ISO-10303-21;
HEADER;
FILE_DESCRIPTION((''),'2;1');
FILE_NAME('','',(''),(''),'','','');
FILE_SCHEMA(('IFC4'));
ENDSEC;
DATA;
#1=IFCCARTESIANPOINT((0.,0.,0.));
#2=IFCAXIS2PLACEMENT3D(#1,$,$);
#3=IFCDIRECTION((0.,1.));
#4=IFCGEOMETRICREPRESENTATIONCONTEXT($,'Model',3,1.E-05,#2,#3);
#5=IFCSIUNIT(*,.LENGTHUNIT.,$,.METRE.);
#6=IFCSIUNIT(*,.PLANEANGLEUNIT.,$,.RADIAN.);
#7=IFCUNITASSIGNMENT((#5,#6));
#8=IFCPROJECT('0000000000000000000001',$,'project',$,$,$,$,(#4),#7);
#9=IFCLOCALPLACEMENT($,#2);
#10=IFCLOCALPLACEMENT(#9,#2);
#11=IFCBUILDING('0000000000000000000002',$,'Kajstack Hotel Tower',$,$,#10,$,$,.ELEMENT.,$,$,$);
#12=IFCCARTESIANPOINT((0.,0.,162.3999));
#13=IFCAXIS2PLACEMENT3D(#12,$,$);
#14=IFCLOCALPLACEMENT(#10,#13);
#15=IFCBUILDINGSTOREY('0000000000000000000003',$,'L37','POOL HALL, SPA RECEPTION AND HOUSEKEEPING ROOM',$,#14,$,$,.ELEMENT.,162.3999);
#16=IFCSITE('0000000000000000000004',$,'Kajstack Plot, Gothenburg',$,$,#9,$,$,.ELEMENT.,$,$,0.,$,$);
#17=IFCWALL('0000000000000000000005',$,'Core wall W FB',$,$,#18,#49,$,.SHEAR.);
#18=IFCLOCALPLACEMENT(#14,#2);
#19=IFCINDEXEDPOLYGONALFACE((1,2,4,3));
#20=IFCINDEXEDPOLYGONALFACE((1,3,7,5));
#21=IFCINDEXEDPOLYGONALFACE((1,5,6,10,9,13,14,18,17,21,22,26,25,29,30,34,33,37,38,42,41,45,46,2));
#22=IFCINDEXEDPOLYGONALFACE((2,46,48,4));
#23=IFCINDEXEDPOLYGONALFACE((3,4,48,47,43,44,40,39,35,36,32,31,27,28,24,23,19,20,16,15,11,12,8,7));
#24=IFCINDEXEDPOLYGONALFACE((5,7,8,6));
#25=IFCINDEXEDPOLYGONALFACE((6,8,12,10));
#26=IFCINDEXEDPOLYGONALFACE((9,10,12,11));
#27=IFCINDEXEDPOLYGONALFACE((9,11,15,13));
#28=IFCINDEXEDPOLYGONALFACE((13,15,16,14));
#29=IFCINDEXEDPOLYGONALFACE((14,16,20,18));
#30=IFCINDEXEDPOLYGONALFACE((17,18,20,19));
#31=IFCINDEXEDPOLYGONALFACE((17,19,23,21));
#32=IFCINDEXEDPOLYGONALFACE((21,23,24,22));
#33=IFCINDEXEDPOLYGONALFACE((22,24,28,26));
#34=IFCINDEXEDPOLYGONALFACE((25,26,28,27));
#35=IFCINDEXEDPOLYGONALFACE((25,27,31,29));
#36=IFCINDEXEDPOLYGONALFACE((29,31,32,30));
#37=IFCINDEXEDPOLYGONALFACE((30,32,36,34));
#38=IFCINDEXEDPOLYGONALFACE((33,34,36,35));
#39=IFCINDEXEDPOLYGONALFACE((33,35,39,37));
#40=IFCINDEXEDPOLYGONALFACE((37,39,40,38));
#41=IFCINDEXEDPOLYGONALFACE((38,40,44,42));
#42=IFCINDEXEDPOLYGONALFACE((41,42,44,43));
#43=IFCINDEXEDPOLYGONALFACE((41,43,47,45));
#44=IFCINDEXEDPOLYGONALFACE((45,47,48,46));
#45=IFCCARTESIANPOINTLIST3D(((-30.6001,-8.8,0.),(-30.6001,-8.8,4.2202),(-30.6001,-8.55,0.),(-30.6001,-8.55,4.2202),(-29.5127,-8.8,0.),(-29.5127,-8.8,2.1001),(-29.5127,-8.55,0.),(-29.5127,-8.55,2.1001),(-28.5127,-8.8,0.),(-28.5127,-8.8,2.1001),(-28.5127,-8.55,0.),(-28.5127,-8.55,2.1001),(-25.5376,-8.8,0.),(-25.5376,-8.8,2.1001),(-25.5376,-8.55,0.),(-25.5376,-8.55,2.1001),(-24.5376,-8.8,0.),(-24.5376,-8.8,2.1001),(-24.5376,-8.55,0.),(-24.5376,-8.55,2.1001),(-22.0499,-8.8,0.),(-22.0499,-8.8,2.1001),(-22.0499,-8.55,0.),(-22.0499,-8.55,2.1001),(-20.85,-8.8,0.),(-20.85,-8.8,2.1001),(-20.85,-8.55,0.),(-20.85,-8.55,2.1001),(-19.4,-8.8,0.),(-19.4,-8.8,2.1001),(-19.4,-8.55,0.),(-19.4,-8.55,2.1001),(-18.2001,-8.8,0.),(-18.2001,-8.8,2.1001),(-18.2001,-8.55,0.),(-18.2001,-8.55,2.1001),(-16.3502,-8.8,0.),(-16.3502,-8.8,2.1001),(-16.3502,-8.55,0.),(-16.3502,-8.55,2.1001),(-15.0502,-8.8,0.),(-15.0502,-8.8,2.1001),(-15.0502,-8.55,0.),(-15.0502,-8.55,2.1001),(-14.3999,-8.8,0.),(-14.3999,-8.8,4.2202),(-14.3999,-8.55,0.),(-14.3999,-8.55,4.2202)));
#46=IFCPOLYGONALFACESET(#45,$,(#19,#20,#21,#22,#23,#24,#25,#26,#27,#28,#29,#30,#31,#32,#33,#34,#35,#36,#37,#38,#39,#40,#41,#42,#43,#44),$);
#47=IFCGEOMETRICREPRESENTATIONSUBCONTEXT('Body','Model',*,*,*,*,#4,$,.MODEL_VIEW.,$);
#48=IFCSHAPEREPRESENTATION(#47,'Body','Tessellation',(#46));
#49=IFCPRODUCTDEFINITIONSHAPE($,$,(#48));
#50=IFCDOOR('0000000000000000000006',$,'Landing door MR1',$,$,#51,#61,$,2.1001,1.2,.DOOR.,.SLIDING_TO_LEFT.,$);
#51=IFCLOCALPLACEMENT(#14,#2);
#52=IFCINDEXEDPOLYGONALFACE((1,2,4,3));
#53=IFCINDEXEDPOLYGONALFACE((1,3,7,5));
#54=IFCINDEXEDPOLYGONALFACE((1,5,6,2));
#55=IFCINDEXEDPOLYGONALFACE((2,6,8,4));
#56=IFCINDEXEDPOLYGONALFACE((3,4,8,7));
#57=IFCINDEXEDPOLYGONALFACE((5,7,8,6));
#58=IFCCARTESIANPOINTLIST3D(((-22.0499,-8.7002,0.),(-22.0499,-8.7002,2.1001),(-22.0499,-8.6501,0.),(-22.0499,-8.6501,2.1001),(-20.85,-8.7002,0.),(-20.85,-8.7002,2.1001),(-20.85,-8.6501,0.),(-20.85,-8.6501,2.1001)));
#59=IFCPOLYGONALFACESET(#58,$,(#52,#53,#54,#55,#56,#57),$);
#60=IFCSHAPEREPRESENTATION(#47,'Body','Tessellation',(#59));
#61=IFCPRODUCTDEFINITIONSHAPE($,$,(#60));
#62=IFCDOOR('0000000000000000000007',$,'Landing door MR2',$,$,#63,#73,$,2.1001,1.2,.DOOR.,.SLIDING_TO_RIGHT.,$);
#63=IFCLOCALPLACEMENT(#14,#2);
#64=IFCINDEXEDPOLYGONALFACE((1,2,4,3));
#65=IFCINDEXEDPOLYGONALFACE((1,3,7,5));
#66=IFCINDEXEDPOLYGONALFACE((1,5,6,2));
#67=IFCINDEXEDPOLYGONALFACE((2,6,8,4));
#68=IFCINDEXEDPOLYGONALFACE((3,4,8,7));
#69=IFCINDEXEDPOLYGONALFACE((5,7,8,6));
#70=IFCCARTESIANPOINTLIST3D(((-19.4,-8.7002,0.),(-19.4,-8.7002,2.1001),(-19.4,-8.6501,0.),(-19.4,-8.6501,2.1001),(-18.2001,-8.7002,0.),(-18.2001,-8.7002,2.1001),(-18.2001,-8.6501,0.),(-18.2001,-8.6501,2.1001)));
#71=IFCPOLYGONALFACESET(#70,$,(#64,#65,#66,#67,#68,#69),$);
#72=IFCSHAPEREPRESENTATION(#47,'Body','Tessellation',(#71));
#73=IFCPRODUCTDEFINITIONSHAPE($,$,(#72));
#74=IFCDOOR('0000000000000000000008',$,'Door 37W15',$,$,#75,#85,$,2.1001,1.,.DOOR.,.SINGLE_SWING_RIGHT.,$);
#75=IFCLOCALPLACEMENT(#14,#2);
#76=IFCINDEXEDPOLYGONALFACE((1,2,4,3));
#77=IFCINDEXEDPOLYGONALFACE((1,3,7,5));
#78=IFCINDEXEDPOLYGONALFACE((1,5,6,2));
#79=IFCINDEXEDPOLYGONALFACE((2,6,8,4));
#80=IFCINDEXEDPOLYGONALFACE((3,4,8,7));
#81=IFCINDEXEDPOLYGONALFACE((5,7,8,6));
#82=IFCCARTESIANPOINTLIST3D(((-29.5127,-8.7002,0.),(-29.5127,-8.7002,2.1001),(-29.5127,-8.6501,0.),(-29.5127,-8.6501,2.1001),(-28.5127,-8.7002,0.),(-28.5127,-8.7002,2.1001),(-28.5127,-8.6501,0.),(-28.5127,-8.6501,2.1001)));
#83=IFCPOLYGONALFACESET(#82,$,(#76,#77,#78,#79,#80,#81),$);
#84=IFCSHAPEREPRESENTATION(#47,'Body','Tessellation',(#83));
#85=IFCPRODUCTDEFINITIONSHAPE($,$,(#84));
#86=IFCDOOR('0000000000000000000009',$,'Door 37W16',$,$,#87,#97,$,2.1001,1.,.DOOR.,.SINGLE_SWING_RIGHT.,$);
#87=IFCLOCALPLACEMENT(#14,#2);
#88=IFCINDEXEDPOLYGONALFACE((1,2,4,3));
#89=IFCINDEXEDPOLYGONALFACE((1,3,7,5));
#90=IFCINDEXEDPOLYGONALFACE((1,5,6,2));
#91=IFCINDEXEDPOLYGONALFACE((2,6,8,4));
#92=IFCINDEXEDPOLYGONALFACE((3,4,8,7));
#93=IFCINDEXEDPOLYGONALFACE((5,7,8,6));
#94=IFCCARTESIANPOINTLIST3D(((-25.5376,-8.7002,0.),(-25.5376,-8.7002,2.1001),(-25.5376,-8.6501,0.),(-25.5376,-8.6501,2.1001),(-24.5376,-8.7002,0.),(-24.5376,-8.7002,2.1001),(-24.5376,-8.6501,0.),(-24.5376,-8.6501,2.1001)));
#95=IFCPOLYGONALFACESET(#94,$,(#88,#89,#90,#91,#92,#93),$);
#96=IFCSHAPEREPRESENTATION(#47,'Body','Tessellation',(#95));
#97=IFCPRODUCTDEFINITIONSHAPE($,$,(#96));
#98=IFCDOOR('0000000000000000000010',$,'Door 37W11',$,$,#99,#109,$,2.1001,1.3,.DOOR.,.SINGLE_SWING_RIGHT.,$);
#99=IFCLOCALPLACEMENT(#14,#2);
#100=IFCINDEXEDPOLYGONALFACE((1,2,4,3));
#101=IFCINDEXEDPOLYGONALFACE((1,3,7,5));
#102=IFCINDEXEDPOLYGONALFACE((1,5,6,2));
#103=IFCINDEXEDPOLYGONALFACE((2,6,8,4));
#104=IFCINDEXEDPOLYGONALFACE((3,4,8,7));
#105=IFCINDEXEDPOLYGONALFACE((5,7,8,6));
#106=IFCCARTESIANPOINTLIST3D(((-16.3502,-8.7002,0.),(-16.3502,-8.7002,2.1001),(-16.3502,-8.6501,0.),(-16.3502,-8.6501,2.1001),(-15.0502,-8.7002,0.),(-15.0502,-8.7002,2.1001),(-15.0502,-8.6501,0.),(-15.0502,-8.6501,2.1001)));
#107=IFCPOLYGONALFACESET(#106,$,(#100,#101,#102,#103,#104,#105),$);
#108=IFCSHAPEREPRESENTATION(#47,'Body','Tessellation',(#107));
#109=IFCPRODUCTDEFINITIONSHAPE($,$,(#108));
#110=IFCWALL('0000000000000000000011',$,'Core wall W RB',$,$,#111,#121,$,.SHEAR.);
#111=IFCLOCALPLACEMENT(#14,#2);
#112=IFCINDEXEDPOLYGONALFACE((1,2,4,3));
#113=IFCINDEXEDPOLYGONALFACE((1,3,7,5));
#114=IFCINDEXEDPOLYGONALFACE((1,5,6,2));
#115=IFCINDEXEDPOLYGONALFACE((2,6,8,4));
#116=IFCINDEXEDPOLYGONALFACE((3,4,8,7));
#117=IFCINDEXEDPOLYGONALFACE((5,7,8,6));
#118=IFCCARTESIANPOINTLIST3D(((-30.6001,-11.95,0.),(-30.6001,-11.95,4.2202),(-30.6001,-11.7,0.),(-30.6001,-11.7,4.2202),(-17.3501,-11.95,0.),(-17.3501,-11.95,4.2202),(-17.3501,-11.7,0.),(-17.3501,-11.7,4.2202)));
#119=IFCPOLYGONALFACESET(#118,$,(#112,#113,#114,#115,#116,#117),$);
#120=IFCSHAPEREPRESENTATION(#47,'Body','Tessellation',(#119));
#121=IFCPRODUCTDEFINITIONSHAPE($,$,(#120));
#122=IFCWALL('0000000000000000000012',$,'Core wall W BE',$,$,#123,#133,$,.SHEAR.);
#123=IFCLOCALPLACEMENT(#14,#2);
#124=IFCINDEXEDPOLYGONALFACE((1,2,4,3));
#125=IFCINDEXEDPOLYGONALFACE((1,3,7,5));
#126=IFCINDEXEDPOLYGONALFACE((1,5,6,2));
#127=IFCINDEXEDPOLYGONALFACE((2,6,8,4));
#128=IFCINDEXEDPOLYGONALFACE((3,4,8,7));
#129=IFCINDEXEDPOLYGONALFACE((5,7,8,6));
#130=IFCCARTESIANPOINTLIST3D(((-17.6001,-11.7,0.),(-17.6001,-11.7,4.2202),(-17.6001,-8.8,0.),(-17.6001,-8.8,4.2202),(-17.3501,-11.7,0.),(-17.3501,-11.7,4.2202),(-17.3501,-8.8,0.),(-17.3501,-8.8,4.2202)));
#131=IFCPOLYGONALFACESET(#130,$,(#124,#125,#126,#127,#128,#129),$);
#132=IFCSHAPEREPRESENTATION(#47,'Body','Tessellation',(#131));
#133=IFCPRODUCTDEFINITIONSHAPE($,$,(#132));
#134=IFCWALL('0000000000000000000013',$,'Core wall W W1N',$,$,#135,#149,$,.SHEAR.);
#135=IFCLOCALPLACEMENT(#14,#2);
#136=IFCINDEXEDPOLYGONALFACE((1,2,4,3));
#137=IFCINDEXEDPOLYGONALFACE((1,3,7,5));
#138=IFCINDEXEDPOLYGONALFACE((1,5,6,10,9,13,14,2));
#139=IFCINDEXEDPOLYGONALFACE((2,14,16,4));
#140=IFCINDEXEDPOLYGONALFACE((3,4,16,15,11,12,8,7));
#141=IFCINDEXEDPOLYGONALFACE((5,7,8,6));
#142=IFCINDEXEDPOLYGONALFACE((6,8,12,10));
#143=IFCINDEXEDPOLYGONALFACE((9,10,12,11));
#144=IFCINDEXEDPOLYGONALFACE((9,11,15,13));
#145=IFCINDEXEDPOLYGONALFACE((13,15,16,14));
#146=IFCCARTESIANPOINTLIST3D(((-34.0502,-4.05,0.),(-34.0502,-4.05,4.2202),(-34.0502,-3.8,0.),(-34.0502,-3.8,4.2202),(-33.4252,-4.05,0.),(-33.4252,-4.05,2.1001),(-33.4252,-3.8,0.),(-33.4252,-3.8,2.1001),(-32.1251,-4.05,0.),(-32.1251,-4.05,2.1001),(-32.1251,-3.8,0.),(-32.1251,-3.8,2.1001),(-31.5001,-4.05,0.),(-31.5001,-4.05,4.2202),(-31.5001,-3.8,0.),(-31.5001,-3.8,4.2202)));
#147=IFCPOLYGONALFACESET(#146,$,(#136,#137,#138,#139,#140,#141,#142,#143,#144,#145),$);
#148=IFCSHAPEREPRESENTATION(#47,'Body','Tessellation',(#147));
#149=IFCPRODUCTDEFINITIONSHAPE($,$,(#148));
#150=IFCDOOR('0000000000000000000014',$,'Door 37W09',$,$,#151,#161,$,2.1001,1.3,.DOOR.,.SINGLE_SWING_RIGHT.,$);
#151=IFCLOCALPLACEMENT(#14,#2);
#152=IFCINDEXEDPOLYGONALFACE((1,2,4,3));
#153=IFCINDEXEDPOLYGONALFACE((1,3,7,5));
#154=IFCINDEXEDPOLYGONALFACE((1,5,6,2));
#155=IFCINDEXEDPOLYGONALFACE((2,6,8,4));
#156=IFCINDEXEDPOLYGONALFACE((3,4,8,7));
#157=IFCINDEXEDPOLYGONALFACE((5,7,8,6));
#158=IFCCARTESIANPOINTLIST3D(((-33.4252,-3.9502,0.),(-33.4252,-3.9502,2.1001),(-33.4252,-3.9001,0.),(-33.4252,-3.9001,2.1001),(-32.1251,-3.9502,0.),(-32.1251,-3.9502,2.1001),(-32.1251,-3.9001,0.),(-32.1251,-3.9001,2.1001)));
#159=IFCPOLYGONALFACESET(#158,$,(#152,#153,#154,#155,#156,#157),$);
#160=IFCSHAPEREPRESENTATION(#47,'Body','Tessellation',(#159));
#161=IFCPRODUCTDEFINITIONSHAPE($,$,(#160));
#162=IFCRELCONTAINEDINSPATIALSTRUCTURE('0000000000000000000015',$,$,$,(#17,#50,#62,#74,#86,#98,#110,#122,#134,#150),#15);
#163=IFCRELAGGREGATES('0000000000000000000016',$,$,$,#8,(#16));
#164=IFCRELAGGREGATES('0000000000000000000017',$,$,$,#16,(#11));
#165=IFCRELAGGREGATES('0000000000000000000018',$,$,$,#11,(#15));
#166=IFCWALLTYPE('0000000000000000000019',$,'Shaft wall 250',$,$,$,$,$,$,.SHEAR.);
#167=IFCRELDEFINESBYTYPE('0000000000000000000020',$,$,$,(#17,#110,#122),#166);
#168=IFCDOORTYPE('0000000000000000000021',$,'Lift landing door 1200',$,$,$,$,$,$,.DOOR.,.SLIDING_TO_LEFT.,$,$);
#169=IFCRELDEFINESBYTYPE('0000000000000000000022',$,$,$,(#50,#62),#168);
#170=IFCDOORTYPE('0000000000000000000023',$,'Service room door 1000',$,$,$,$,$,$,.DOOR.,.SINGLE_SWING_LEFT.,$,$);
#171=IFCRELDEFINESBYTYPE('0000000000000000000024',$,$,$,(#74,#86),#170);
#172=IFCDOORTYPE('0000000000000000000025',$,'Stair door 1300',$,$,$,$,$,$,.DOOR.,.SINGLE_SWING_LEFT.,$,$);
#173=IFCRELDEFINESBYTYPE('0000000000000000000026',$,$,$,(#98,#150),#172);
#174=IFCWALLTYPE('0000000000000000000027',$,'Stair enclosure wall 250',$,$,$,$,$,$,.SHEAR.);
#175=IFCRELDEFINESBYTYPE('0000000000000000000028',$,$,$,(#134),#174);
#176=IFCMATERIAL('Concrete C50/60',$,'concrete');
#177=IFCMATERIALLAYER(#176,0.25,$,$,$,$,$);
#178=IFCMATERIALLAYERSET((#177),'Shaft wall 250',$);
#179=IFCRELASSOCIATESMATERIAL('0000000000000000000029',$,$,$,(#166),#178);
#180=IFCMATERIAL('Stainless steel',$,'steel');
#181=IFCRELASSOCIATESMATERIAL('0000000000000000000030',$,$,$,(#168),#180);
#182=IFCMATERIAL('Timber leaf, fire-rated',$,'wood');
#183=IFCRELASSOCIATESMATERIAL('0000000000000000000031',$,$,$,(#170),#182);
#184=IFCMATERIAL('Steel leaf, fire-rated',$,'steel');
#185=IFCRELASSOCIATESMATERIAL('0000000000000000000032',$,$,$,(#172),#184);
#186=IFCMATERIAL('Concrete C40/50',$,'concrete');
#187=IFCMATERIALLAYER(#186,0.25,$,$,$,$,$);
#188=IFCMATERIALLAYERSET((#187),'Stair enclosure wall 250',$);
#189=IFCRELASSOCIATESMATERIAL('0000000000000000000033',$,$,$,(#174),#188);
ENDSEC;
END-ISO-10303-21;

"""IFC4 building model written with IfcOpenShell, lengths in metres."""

from ifc_helpers import new_model, si_unit, direction, frame, frame_2d, origin, place, context, subcontext, project, spatial, rectangle, extrude, material, layer, layer_set, type_object, element, fill, save


model = new_model("IFC4")

# Units and contexts
model_context = context("Model", 3, precision=1e-05, world=origin(), true_north=direction((0.0, 1.0)))
body_context = subcontext(model_context, "Body", "Model", "MODEL_VIEW")
ifc_project = project(units=[si_unit("LENGTHUNIT", "METRE"), si_unit("PLANEANGLEUNIT", "RADIAN")], contexts=[model_context])

# Site, building, storey
site_placement = place(None, origin())
site = spatial("IfcSite", under=ifc_project, at=site_placement, Name="Kajstack Plot, Gothenburg", CompositionType="ELEMENT", RefElevation=0.0)
building_placement = place(site_placement, origin())
building = spatial("IfcBuilding", under=site, at=building_placement, Name="Kajstack Hotel Tower", CompositionType="ELEMENT")
storey_placement = place(building_placement, frame((0.0, 0.0, 162.3999)))
storey = spatial("IfcBuildingStorey", under=building, at=storey_placement, Name="L37", Description="POOL HALL, SPA RECEPTION AND HOUSEKEEPING ROOM", CompositionType="ELEMENT", Elevation=162.3999)

# Shared definitions
ifc_material_1 = material(Name="Concrete C50/60", Category="concrete")

# Shared definitions
ifc_layer_1 = layer(ifc_material_1, 0.25)
ifc_layer_set_1 = layer_set([ifc_layer_1], Name="Shaft wall 250")
wall_type_1 = type_object("IfcWallType", Name="Shaft wall 250", PredefinedType="SHEAR", material=ifc_layer_set_1)
ifc_material_2 = material(Name="Stainless steel", Category="steel")
door_type_1 = type_object("IfcDoorType", Name="Lift landing door 1200", OperationType="SLIDING_TO_LEFT", PredefinedType="DOOR", material=ifc_material_2)

# Wall, openings, doors
wall_1_placement = place(storey_placement, frame((-30.6001, -8.675, 0.0), z_axis=(0.0, 0.0, 1.0), x_axis=(1.0, 0.0, 0.0)))
wall_1 = element("IfcWall", 1, at=wall_1_placement, inside=storey, type_object=wall_type_1, Name="Core wall W FB", PredefinedType="SHEAR", context=body_context, shape_type="SweptSolid", body=[
    extrude(rectangle(XDim=16.2002, YDim=0.25, at=frame_2d((8.1001, 0.0))), origin(), (0.0, 0.0, 1.0), 4.2202),
])
opening_1_placement = place(wall_1_placement, frame((8.55, 0.0, 0.0)))
opening_1 = element("IfcOpeningElement", 2, at=opening_1_placement, cuts=wall_1, PredefinedType="OPENING", context=body_context, shape_type="SweptSolid", body=[
    extrude(rectangle(XDim=1.2, YDim=2.1001, at=frame_2d((0.6001, 1.05))), frame((0.0, 0.135, 0.0), z_axis=(0.0, -1.0, 0.0), x_axis=(1.0, 0.0, 0.0)), (0.0, 0.0, 1.0), 0.27),
])
opening_2_placement = place(wall_1_placement, frame((11.2, 0.0, 0.0)))
opening_2 = element("IfcOpeningElement", 3, at=opening_2_placement, cuts=wall_1, PredefinedType="OPENING", context=body_context, shape_type="SweptSolid", body=[
    extrude(rectangle(XDim=1.2, YDim=2.1001, at=frame_2d((0.6001, 1.05))), frame((0.0, 0.135, 0.0), z_axis=(0.0, -1.0, 0.0), x_axis=(1.0, 0.0, 0.0)), (0.0, 0.0, 1.0), 0.27),
])
opening_3_placement = place(wall_1_placement, frame((14.25, 0.0, 0.0)))
opening_3 = element("IfcOpeningElement", 4, at=opening_3_placement, cuts=wall_1, PredefinedType="OPENING", context=body_context, shape_type="SweptSolid", body=[
    extrude(rectangle(XDim=1.3, YDim=2.1001, at=frame_2d((0.6499, 1.05))), frame((0.0, 0.135, 0.0), z_axis=(0.0, -1.0, 0.0), x_axis=(1.0, 0.0, 0.0)), (0.0, 0.0, 1.0), 0.27),
])
opening_4_placement = place(wall_1_placement, frame((1.0874, 0.0, 0.0)))
opening_4 = element("IfcOpeningElement", 5, at=opening_4_placement, cuts=wall_1, PredefinedType="OPENING", context=body_context, shape_type="SweptSolid", body=[
    extrude(rectangle(XDim=1.0, YDim=2.1001, at=frame_2d((0.5, 1.05))), frame((0.0, 0.135, 0.0), z_axis=(0.0, -1.0, 0.0), x_axis=(1.0, 0.0, 0.0)), (0.0, 0.0, 1.0), 0.27),
])
opening_5_placement = place(wall_1_placement, frame((5.0625, 0.0, 0.0)))
opening_5 = element("IfcOpeningElement", 6, at=opening_5_placement, cuts=wall_1, PredefinedType="OPENING", context=body_context, shape_type="SweptSolid", body=[
    extrude(rectangle(XDim=1.0, YDim=2.1001, at=frame_2d((0.5, 1.05))), frame((0.0, 0.135, 0.0), z_axis=(0.0, -1.0, 0.0), x_axis=(1.0, 0.0, 0.0)), (0.0, 0.0, 1.0), 0.27),
])
door_1_placement = place(opening_1_placement, origin())
door_1 = element("IfcDoor", 7, at=door_1_placement, inside=storey, type_object=door_type_1, Name="Landing door MR1", OperationType="SLIDING_TO_LEFT", OverallHeight=2.1001, OverallWidth=1.2, PredefinedType="DOOR", context=body_context, shape_type="SweptSolid", body=[
    extrude(rectangle(XDim=1.2, YDim=2.1001, at=frame_2d((0.6001, 1.05))), frame((0.0, 0.0249, 0.0), z_axis=(0.0, -1.0, 0.0), x_axis=(1.0, 0.0, 0.0)), (0.0, 0.0, 1.0), 0.05),
])
fill(opening_1, door_1)
door_2_placement = place(opening_2_placement, origin())
door_2 = element("IfcDoor", 8, at=door_2_placement, inside=storey, type_object=door_type_1, Name="Landing door MR2", OperationType="SLIDING_TO_RIGHT", OverallHeight=2.1001, OverallWidth=1.2, PredefinedType="DOOR", context=body_context, shape_type="SweptSolid", body=[
    extrude(rectangle(XDim=1.2, YDim=2.1001, at=frame_2d((0.6001, 1.05))), frame((0.0, 0.0249, 0.0), z_axis=(0.0, -1.0, 0.0), x_axis=(1.0, 0.0, 0.0)), (0.0, 0.0, 1.0), 0.05),
])
fill(opening_2, door_2)
ifc_material_3 = material(Name="Timber leaf, fire-rated", Category="wood")
door_type_2 = type_object("IfcDoorType", Name="Service room door 1000", OperationType="SINGLE_SWING_LEFT", PredefinedType="DOOR", material=ifc_material_3)
door_3_placement = place(opening_4_placement, origin())
door_3 = element("IfcDoor", 9, at=door_3_placement, inside=storey, type_object=door_type_2, Name="Door 37W15", OperationType="SINGLE_SWING_RIGHT", OverallHeight=2.1001, OverallWidth=1.0, PredefinedType="DOOR", context=body_context, shape_type="SweptSolid", body=[
    extrude(rectangle(XDim=1.0, YDim=2.1001, at=frame_2d((0.5, 1.05))), frame((0.0, 0.0249, 0.0), z_axis=(0.0, -1.0, 0.0), x_axis=(1.0, 0.0, 0.0)), (0.0, 0.0, 1.0), 0.05),
])
fill(opening_4, door_3)
door_4_placement = place(opening_5_placement, origin())
door_4 = element("IfcDoor", 10, at=door_4_placement, inside=storey, type_object=door_type_2, Name="Door 37W16", OperationType="SINGLE_SWING_RIGHT", OverallHeight=2.1001, OverallWidth=1.0, PredefinedType="DOOR", context=body_context, shape_type="SweptSolid", body=[
    extrude(rectangle(XDim=1.0, YDim=2.1001, at=frame_2d((0.5, 1.05))), frame((0.0, 0.0249, 0.0), z_axis=(0.0, -1.0, 0.0), x_axis=(1.0, 0.0, 0.0)), (0.0, 0.0, 1.0), 0.05),
])
fill(opening_5, door_4)
ifc_material_4 = material(Name="Steel leaf, fire-rated", Category="steel")
door_type_3 = type_object("IfcDoorType", Name="Stair door 1300", OperationType="SINGLE_SWING_LEFT", PredefinedType="DOOR", material=ifc_material_4)
door_5_placement = place(opening_3_placement, origin())
door_5 = element("IfcDoor", 11, at=door_5_placement, inside=storey, type_object=door_type_3, Name="Door 37W11", OperationType="SINGLE_SWING_RIGHT", OverallHeight=2.1001, OverallWidth=1.3, PredefinedType="DOOR", context=body_context, shape_type="SweptSolid", body=[
    extrude(rectangle(XDim=1.3, YDim=2.1001, at=frame_2d((0.6499, 1.05))), frame((0.0, 0.0249, 0.0), z_axis=(0.0, -1.0, 0.0), x_axis=(1.0, 0.0, 0.0)), (0.0, 0.0, 1.0), 0.05),
])
fill(opening_3, door_5)

# Walls
wall_2_placement = place(storey_placement, frame((-30.6001, -11.825, 0.0), z_axis=(0.0, 0.0, 1.0), x_axis=(1.0, 0.0, 0.0)))
element("IfcWall", 12, at=wall_2_placement, inside=storey, type_object=wall_type_1, Name="Core wall W RB", PredefinedType="SHEAR", context=body_context, shape_type="SweptSolid", body=[
    extrude(rectangle(XDim=13.25, YDim=0.25, at=frame_2d((6.625, 0.0))), origin(), (0.0, 0.0, 1.0), 4.2202),
])
wall_3_placement = place(storey_placement, frame((-17.4751, -11.7, 0.0), z_axis=(0.0, 0.0, 1.0), x_axis=(0.0, 1.0, 0.0)))
element("IfcWall", 13, at=wall_3_placement, inside=storey, type_object=wall_type_1, Name="Core wall W BE", PredefinedType="SHEAR", context=body_context, shape_type="SweptSolid", body=[
    extrude(rectangle(XDim=2.8999, YDim=0.25, at=frame_2d((1.45, 0.0))), origin(), (0.0, 0.0, 1.0), 4.2202),
])

# Wall, opening, door
ifc_material_5 = material(Name="Concrete C40/50", Category="concrete")
ifc_layer_2 = layer(ifc_material_5, 0.25)
ifc_layer_set_2 = layer_set([ifc_layer_2], Name="Stair enclosure wall 250")
wall_type_2 = type_object("IfcWallType", Name="Stair enclosure wall 250", PredefinedType="SHEAR", material=ifc_layer_set_2)
wall_4_placement = place(storey_placement, frame((-34.05, -3.925, 0.0), z_axis=(0.0, 0.0, 1.0), x_axis=(1.0, 0.0, 0.0)))
wall_4 = element("IfcWall", 14, at=wall_4_placement, inside=storey, type_object=wall_type_2, Name="Core wall W W1N", PredefinedType="SHEAR", context=body_context, shape_type="SweptSolid", body=[
    extrude(rectangle(XDim=2.55, YDim=0.25, at=frame_2d((1.2749, 0.0))), origin(), (0.0, 0.0, 1.0), 4.2202),
])
opening_6_placement = place(wall_4_placement, frame((0.625, 0.0, 0.0)))
opening_6 = element("IfcOpeningElement", 15, at=opening_6_placement, cuts=wall_4, PredefinedType="OPENING", context=body_context, shape_type="SweptSolid", body=[
    extrude(rectangle(XDim=1.3, YDim=2.1001, at=frame_2d((0.6499, 1.05))), frame((0.0, 0.135, 0.0), z_axis=(0.0, -1.0, 0.0), x_axis=(1.0, 0.0, 0.0)), (0.0, 0.0, 1.0), 0.27),
])
door_6_placement = place(opening_6_placement, origin())
door_6 = element("IfcDoor", 16, at=door_6_placement, inside=storey, type_object=door_type_3, Name="Door 37W09", OperationType="SINGLE_SWING_RIGHT", OverallHeight=2.1001, OverallWidth=1.3, PredefinedType="DOOR", context=body_context, shape_type="SweptSolid", body=[
    extrude(rectangle(XDim=1.3, YDim=2.1001, at=frame_2d((0.6499, 1.05))), frame((0.0, 0.0249, 0.0), z_axis=(0.0, -1.0, 0.0), x_axis=(1.0, 0.0, 0.0)), (0.0, 0.0, 1.0), 0.05),
])
fill(opening_6, door_6)

save(model, "model.ifc")
